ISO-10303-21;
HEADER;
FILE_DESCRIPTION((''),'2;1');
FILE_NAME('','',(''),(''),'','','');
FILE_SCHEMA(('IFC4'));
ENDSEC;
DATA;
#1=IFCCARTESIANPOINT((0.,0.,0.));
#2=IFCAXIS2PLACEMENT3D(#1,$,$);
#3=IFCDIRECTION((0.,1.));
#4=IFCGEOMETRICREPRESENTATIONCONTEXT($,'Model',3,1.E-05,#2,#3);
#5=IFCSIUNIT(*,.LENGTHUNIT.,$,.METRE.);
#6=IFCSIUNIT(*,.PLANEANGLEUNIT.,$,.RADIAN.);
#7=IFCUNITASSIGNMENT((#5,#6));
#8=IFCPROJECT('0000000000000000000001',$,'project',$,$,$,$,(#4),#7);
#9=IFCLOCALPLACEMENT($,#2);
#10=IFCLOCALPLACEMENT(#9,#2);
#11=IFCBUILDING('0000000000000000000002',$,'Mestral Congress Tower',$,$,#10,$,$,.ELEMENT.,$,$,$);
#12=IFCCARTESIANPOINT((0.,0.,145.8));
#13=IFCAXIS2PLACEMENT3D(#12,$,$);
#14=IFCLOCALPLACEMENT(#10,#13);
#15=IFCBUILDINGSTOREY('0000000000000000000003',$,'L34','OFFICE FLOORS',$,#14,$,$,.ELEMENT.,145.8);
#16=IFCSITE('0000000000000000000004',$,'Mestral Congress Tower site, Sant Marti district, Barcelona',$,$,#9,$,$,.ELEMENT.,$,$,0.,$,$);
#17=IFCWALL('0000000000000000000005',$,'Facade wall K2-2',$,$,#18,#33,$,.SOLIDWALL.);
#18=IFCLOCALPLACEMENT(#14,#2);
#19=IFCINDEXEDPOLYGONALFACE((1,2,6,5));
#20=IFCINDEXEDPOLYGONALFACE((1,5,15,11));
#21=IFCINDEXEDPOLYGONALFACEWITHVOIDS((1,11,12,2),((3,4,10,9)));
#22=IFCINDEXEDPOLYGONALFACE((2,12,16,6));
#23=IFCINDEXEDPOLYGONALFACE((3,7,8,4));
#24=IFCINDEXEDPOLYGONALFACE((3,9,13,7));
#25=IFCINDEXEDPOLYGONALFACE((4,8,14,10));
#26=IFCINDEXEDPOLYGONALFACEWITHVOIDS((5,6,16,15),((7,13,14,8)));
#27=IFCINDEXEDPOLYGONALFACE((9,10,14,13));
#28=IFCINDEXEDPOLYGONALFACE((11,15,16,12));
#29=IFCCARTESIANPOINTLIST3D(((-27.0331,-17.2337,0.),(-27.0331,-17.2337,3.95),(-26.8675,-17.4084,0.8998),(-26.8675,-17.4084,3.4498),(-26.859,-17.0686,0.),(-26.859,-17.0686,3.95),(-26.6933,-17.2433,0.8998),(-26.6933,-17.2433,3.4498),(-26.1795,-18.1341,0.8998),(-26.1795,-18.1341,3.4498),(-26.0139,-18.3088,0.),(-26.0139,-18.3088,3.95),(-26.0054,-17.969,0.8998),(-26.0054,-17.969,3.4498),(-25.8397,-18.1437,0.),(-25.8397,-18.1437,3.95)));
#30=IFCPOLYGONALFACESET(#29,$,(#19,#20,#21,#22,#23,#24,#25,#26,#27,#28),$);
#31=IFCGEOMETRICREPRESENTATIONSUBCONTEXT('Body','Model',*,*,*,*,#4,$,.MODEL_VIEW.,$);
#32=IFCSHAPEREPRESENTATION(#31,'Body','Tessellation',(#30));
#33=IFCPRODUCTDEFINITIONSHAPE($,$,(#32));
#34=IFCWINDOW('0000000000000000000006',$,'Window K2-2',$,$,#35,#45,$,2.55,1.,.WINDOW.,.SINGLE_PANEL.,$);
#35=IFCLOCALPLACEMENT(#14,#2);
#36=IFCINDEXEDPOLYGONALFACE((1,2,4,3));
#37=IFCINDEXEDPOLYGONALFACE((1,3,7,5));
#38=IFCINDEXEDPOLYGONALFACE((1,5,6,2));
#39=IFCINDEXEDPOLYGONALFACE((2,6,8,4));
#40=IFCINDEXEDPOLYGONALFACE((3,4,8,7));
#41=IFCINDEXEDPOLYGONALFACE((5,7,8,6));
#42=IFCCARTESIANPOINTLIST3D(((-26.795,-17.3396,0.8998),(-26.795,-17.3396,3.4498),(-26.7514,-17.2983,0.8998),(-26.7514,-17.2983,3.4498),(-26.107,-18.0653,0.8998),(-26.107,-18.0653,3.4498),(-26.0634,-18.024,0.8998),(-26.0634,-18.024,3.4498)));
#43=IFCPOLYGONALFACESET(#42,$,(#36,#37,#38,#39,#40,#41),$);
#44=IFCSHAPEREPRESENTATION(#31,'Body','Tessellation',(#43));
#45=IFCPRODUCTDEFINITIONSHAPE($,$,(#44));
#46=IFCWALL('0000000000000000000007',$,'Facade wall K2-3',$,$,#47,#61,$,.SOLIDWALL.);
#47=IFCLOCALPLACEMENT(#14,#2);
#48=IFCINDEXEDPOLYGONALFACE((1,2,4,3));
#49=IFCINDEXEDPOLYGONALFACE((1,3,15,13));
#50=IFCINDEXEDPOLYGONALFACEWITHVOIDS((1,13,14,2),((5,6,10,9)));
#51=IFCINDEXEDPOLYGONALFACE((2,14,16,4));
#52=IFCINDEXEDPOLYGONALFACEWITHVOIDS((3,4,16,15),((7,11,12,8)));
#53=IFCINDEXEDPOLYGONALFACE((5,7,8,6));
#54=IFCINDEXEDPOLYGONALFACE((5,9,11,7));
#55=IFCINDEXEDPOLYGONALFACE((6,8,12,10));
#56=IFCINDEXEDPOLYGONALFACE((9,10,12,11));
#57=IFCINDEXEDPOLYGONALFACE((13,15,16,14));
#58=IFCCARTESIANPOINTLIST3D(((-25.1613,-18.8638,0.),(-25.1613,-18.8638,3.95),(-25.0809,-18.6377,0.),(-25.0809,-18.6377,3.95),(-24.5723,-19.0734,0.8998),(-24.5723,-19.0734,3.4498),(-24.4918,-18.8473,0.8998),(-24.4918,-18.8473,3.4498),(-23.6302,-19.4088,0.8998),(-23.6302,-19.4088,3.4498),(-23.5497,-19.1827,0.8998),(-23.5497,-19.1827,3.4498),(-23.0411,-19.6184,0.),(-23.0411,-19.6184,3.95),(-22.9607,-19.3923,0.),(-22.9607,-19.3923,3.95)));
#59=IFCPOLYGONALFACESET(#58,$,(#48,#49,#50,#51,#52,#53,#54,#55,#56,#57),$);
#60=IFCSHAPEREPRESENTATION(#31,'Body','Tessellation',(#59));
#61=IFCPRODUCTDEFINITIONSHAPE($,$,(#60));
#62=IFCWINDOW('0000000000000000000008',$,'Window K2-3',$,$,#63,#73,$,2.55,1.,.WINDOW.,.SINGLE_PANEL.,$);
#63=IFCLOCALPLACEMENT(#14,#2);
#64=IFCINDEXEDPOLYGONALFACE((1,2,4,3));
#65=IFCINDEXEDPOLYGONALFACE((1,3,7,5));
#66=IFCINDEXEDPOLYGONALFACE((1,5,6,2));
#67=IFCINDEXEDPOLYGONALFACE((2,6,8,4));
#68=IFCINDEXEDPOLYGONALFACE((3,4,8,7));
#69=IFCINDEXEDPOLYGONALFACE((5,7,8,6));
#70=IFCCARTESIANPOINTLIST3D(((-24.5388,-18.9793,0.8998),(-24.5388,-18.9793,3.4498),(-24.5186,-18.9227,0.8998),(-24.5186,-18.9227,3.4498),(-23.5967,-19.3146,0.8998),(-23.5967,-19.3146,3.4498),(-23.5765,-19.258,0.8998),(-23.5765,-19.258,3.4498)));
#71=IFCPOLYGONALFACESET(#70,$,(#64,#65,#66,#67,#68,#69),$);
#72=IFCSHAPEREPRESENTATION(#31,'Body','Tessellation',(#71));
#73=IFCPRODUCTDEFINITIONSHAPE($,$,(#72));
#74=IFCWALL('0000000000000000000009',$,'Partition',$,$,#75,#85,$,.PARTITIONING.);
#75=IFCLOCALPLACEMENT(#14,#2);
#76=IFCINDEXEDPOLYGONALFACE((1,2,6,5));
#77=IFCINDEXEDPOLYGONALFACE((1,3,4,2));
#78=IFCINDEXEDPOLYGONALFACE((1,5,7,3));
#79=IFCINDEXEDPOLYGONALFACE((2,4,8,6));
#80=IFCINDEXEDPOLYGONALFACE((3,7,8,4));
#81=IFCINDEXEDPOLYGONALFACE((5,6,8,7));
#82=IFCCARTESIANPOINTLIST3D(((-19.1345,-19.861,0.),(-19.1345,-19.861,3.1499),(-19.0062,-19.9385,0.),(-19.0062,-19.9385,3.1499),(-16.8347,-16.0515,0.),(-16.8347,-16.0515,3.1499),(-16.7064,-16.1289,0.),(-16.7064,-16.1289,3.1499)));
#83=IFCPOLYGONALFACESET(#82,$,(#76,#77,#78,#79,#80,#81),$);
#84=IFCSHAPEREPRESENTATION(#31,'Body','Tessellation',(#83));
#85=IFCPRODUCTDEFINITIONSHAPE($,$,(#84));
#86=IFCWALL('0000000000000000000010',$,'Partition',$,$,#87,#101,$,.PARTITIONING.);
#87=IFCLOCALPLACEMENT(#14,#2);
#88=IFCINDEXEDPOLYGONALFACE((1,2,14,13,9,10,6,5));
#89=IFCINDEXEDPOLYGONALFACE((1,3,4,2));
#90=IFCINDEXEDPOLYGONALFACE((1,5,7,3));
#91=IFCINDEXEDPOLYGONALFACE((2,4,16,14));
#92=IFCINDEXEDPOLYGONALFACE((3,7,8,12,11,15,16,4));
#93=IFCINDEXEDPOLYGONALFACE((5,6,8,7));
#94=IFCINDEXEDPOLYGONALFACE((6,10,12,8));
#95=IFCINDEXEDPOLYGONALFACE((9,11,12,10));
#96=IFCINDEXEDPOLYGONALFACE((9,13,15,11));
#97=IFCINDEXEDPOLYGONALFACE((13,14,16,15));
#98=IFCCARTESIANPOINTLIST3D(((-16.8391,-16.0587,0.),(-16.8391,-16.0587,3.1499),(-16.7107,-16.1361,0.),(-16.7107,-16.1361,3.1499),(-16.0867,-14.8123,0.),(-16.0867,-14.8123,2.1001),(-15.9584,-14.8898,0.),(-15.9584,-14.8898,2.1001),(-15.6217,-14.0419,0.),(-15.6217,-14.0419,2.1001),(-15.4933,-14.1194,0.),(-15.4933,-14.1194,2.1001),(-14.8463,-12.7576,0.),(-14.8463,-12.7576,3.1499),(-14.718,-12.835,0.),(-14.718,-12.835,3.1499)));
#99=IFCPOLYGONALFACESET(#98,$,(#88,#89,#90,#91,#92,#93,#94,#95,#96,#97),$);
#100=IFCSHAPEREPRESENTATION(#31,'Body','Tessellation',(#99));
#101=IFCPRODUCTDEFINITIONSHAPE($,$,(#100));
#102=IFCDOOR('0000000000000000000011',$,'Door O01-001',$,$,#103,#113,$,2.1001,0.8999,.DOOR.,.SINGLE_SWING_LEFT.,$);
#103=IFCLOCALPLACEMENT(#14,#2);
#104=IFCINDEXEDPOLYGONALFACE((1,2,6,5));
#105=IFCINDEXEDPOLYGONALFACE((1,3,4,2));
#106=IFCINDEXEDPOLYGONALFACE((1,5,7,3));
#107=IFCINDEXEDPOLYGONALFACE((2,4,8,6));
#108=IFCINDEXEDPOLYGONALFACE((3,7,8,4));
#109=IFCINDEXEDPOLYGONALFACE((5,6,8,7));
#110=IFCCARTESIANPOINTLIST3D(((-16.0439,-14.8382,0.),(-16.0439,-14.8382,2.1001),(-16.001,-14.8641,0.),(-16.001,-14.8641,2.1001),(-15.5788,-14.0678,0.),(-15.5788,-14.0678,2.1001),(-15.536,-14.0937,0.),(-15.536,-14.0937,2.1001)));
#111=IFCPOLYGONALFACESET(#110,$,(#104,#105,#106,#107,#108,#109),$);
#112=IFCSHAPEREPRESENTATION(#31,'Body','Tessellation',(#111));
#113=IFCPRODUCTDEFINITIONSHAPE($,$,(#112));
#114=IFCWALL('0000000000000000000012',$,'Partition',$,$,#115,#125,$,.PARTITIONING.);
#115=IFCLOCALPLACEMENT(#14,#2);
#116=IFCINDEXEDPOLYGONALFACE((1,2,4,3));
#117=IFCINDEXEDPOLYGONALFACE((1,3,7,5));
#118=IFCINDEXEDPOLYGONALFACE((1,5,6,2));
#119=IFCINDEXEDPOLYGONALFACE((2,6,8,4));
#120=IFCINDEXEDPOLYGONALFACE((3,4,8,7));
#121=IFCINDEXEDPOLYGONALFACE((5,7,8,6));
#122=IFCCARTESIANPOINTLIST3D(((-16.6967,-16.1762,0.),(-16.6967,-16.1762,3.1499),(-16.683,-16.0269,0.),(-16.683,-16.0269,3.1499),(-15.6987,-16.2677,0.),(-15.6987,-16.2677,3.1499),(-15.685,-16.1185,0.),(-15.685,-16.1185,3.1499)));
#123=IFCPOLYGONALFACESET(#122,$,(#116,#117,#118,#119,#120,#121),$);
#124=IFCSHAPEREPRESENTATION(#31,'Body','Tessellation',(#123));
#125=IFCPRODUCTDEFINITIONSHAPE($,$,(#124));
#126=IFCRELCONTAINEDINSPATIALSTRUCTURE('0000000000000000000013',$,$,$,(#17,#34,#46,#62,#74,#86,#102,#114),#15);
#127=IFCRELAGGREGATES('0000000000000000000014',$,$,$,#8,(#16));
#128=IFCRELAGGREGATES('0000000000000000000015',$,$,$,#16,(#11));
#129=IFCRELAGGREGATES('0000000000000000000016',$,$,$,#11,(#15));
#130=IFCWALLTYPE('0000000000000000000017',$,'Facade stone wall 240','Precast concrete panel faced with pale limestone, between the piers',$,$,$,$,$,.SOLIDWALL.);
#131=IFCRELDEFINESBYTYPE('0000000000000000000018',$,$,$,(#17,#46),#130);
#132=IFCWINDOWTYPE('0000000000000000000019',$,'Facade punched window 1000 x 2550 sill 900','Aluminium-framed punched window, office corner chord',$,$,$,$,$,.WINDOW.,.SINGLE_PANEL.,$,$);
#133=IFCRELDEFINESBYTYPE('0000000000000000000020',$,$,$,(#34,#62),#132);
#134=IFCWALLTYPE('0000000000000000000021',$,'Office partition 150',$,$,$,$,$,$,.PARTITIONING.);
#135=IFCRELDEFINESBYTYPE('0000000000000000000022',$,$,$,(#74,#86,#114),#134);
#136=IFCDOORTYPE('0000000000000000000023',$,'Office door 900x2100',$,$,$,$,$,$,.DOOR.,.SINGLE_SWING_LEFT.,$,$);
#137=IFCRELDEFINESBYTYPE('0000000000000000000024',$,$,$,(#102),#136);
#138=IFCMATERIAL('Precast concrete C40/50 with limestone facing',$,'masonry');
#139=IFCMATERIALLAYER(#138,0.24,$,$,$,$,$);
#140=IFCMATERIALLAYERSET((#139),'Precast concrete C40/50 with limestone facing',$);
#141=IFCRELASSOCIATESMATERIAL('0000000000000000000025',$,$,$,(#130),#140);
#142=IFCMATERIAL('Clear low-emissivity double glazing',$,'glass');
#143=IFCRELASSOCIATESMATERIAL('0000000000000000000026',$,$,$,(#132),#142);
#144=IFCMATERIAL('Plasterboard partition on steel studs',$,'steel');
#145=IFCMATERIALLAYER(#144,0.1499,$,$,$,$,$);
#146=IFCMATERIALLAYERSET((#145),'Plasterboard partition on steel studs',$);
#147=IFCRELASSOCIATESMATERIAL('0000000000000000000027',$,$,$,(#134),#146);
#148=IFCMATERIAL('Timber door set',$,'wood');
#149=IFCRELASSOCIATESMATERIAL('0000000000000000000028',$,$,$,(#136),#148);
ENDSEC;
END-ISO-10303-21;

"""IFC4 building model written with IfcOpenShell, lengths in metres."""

from ifc_helpers import new_model, si_unit, direction, frame, frame_2d, origin, place, context, subcontext, project, spatial, rectangle, extrude, material, layer, layer_set, type_object, element, fill, save


model = new_model("IFC4")

# Units and contexts
model_context = context("Model", 3, precision=1e-05, world=origin(), true_north=direction((0.0, 1.0)))
body_context = subcontext(model_context, "Body", "Model", "MODEL_VIEW")
ifc_project = project(units=[si_unit("LENGTHUNIT", "METRE"), si_unit("PLANEANGLEUNIT", "RADIAN")], contexts=[model_context])

# Site, building, storey
site_placement = place(None, origin())
site = spatial("IfcSite", under=ifc_project, at=site_placement, Name="Mestral Congress Tower site, Sant Marti district, Barcelona", CompositionType="ELEMENT", RefElevation=0.0)
building_placement = place(site_placement, origin())
building = spatial("IfcBuilding", under=site, at=building_placement, Name="Mestral Congress Tower", CompositionType="ELEMENT")
storey_placement = place(building_placement, frame((0.0, 0.0, 145.8)))
storey = spatial("IfcBuildingStorey", under=building, at=storey_placement, Name="L34", Description="OFFICE FLOORS", CompositionType="ELEMENT", Elevation=145.8)

# Shared definitions
ifc_material_1 = material(Name="Precast concrete C40/50 with limestone facing", Category="masonry")
ifc_layer_1 = layer(ifc_material_1, 0.24)
ifc_layer_set_1 = layer_set([ifc_layer_1], Name="Precast concrete C40/50 with limestone facing")
wall_type_1 = type_object("IfcWallType", Name="Facade stone wall 240", Description="Precast concrete panel faced with pale limestone, between the piers", PredefinedType="SOLIDWALL", material=ifc_layer_set_1)
ifc_material_2 = material(Name="Clear low-emissivity double glazing", Category="glass")

# Walls, openings, windows
wall_1_placement = place(storey_placement, frame((-26.946, -17.1511, 0.0), z_axis=(0.0, 0.0, 1.0), x_axis=(0.687987, -0.725723, 0.0)))
wall_1 = element("IfcWall", 1, at=wall_1_placement, inside=storey, type_object=wall_type_1, Name="Facade wall K2-2", PredefinedType="SOLIDWALL", context=body_context, shape_type="SweptSolid", body=[
    extrude(rectangle(XDim=1.4814, YDim=0.24, at=frame_2d((0.7407, 0.0))), origin(), (0.0, 0.0, 1.0), 3.95),
])
opening_1_placement = place(wall_1_placement, frame((0.2407, 0.0, 0.8999)))
opening_1 = element("IfcOpeningElement", 2, at=opening_1_placement, cuts=wall_1, PredefinedType="OPENING", context=body_context, shape_type="SweptSolid", body=[
    extrude(rectangle(XDim=1.0, YDim=2.55, at=frame_2d((0.5, 1.2749))), frame((0.0, 0.1299, 0.0), z_axis=(0.0, -1.0, 0.0), x_axis=(1.0, 0.0, 0.0)), (0.0, 0.0, 1.0), 0.26),
])
window_type_1 = type_object("IfcWindowType", Name="Facade punched window 1000 x 2550 sill 900", Description="Aluminium-framed punched window, office corner chord", PartitioningType="SINGLE_PANEL", PredefinedType="WINDOW", material=ifc_material_2)
window_1_placement = place(opening_1_placement, origin())
window_1 = element("IfcWindow", 3, at=window_1_placement, inside=storey, type_object=window_type_1, Name="Window K2-2", OverallHeight=2.55, OverallWidth=1.0, PartitioningType="SINGLE_PANEL", PredefinedType="WINDOW", context=body_context, shape_type="SweptSolid", body=[
    extrude(rectangle(XDim=1.0, YDim=2.55, at=frame_2d((0.5, 1.2749))), frame((0.0, 0.04, 0.0), z_axis=(0.0, -1.0, 0.0), x_axis=(1.0, 0.0, 0.0)), (0.0, 0.0, 1.0), 0.0601),
])
fill(opening_1, window_1)
wall_2_placement = place(storey_placement, frame((-25.1211, -18.7507, 0.0), z_axis=(0.0, 0.0, 1.0), x_axis=(0.9421, -0.335333, 0.0)))
wall_2 = element("IfcWall", 4, at=wall_2_placement, inside=storey, type_object=wall_type_1, Name="Facade wall K2-3", PredefinedType="SOLIDWALL", context=body_context, shape_type="SweptSolid", body=[
    extrude(rectangle(XDim=2.2505, YDim=0.24, at=frame_2d((1.1252, 0.0))), origin(), (0.0, 0.0, 1.0), 3.95),
])
opening_2_placement = place(wall_2_placement, frame((0.6252, 0.0, 0.8999)))
opening_2 = element("IfcOpeningElement", 5, at=opening_2_placement, cuts=wall_2, PredefinedType="OPENING", context=body_context, shape_type="SweptSolid", body=[
    extrude(rectangle(XDim=1.0, YDim=2.55, at=frame_2d((0.5, 1.2749))), frame((0.0, 0.1299, 0.0), z_axis=(0.0, -1.0, 0.0), x_axis=(1.0, 0.0, 0.0)), (0.0, 0.0, 1.0), 0.26),
])
window_2_placement = place(opening_2_placement, origin())
window_2 = element("IfcWindow", 6, at=window_2_placement, inside=storey, type_object=window_type_1, Name="Window K2-3", OverallHeight=2.55, OverallWidth=1.0, PartitioningType="SINGLE_PANEL", PredefinedType="WINDOW", context=body_context, shape_type="SweptSolid", body=[
    extrude(rectangle(XDim=1.0, YDim=2.55, at=frame_2d((0.5, 1.2749))), frame((0.0, 0.04, 0.0), z_axis=(0.0, -1.0, 0.0), x_axis=(1.0, 0.0, 0.0)), (0.0, 0.0, 1.0), 0.0601),
])
fill(opening_2, window_2)

# Wall
ifc_material_3 = material(Name="Plasterboard partition on steel studs", Category="steel")
ifc_layer_2 = layer(ifc_material_3, 0.1499)
ifc_layer_set_2 = layer_set([ifc_layer_2], Name="Plasterboard partition on steel studs")
wall_type_2 = type_object("IfcWallType", Name="Office partition 150", PredefinedType="PARTITIONING", material=ifc_layer_set_2)
wall_3_placement = place(storey_placement, frame((-16.7705, -16.0901, 0.0), z_axis=(0.0, 0.0, 1.0), x_axis=(-0.516818, -0.856096, 0.0)))
element("IfcWall", 7, at=wall_3_placement, inside=storey, type_object=wall_type_2, Name="Partition", PredefinedType="PARTITIONING", context=body_context, shape_type="SweptSolid", body=[
    extrude(rectangle(XDim=4.45, YDim=0.1499, at=frame_2d((2.2251, 0.0))), origin(), (0.0, 0.0, 1.0), 3.1499),
])

# Wall, opening, door
wall_4_placement = place(storey_placement, frame((-16.7749, -16.0974, 0.0), z_axis=(0.0, 0.0, 1.0), x_axis=(0.516794, 0.85611, 0.0)))
wall_4 = element("IfcWall", 8, at=wall_4_placement, inside=storey, type_object=wall_type_2, Name="Partition", PredefinedType="PARTITIONING", context=body_context, shape_type="SweptSolid", body=[
    extrude(rectangle(XDim=3.856, YDim=0.1499, at=frame_2d((1.928, 0.0))), origin(), (0.0, 0.0, 1.0), 3.1499),
])
opening_3_placement = place(wall_4_placement, frame((1.4558, 0.0, 0.0)))
opening_3 = element("IfcOpeningElement", 9, at=opening_3_placement, cuts=wall_4, PredefinedType="OPENING", context=body_context, shape_type="SweptSolid", body=[
    extrude(rectangle(XDim=0.8999, YDim=2.1001, at=frame_2d((0.45, 1.05))), frame((0.0, 0.085, 0.0), z_axis=(0.0, -1.0, 0.0), x_axis=(1.0, 0.0, 0.0)), (0.0, 0.0, 1.0), 0.1699),
])
ifc_material_4 = material(Name="Timber door set", Category="wood")
door_type = type_object("IfcDoorType", Name="Office door 900x2100", OperationType="SINGLE_SWING_LEFT", PredefinedType="DOOR", material=ifc_material_4)
door_placement = place(opening_3_placement, origin())
door = element("IfcDoor", 10, at=door_placement, inside=storey, type_object=door_type, Name="Door O01-001", OperationType="SINGLE_SWING_LEFT", OverallHeight=2.1001, OverallWidth=0.8999, PredefinedType="DOOR", context=body_context, shape_type="SweptSolid", body=[
    extrude(rectangle(XDim=0.8999, YDim=2.1001, at=frame_2d((0.45, 1.05))), frame((0.0, 0.0249, 0.0), z_axis=(0.0, -1.0, 0.0), x_axis=(1.0, 0.0, 0.0)), (0.0, 0.0, 1.0), 0.05),
])
fill(opening_3, door)

# Wall
wall_5_placement = place(storey_placement, frame((-16.6897, -16.1016, 0.0), z_axis=(0.0, 0.0, 1.0), x_axis=(0.995819, -0.091348, 0.0)))
element("IfcWall", 11, at=wall_5_placement, inside=storey, type_object=wall_type_2, Name="Partition", PredefinedType="PARTITIONING", context=body_context, shape_type="SweptSolid", body=[
    extrude(rectangle(XDim=1.0022, YDim=0.1499, at=frame_2d((0.501, 0.0))), origin(), (0.0, 0.0, 1.0), 3.1499),
])

save(model, "model.ifc")
